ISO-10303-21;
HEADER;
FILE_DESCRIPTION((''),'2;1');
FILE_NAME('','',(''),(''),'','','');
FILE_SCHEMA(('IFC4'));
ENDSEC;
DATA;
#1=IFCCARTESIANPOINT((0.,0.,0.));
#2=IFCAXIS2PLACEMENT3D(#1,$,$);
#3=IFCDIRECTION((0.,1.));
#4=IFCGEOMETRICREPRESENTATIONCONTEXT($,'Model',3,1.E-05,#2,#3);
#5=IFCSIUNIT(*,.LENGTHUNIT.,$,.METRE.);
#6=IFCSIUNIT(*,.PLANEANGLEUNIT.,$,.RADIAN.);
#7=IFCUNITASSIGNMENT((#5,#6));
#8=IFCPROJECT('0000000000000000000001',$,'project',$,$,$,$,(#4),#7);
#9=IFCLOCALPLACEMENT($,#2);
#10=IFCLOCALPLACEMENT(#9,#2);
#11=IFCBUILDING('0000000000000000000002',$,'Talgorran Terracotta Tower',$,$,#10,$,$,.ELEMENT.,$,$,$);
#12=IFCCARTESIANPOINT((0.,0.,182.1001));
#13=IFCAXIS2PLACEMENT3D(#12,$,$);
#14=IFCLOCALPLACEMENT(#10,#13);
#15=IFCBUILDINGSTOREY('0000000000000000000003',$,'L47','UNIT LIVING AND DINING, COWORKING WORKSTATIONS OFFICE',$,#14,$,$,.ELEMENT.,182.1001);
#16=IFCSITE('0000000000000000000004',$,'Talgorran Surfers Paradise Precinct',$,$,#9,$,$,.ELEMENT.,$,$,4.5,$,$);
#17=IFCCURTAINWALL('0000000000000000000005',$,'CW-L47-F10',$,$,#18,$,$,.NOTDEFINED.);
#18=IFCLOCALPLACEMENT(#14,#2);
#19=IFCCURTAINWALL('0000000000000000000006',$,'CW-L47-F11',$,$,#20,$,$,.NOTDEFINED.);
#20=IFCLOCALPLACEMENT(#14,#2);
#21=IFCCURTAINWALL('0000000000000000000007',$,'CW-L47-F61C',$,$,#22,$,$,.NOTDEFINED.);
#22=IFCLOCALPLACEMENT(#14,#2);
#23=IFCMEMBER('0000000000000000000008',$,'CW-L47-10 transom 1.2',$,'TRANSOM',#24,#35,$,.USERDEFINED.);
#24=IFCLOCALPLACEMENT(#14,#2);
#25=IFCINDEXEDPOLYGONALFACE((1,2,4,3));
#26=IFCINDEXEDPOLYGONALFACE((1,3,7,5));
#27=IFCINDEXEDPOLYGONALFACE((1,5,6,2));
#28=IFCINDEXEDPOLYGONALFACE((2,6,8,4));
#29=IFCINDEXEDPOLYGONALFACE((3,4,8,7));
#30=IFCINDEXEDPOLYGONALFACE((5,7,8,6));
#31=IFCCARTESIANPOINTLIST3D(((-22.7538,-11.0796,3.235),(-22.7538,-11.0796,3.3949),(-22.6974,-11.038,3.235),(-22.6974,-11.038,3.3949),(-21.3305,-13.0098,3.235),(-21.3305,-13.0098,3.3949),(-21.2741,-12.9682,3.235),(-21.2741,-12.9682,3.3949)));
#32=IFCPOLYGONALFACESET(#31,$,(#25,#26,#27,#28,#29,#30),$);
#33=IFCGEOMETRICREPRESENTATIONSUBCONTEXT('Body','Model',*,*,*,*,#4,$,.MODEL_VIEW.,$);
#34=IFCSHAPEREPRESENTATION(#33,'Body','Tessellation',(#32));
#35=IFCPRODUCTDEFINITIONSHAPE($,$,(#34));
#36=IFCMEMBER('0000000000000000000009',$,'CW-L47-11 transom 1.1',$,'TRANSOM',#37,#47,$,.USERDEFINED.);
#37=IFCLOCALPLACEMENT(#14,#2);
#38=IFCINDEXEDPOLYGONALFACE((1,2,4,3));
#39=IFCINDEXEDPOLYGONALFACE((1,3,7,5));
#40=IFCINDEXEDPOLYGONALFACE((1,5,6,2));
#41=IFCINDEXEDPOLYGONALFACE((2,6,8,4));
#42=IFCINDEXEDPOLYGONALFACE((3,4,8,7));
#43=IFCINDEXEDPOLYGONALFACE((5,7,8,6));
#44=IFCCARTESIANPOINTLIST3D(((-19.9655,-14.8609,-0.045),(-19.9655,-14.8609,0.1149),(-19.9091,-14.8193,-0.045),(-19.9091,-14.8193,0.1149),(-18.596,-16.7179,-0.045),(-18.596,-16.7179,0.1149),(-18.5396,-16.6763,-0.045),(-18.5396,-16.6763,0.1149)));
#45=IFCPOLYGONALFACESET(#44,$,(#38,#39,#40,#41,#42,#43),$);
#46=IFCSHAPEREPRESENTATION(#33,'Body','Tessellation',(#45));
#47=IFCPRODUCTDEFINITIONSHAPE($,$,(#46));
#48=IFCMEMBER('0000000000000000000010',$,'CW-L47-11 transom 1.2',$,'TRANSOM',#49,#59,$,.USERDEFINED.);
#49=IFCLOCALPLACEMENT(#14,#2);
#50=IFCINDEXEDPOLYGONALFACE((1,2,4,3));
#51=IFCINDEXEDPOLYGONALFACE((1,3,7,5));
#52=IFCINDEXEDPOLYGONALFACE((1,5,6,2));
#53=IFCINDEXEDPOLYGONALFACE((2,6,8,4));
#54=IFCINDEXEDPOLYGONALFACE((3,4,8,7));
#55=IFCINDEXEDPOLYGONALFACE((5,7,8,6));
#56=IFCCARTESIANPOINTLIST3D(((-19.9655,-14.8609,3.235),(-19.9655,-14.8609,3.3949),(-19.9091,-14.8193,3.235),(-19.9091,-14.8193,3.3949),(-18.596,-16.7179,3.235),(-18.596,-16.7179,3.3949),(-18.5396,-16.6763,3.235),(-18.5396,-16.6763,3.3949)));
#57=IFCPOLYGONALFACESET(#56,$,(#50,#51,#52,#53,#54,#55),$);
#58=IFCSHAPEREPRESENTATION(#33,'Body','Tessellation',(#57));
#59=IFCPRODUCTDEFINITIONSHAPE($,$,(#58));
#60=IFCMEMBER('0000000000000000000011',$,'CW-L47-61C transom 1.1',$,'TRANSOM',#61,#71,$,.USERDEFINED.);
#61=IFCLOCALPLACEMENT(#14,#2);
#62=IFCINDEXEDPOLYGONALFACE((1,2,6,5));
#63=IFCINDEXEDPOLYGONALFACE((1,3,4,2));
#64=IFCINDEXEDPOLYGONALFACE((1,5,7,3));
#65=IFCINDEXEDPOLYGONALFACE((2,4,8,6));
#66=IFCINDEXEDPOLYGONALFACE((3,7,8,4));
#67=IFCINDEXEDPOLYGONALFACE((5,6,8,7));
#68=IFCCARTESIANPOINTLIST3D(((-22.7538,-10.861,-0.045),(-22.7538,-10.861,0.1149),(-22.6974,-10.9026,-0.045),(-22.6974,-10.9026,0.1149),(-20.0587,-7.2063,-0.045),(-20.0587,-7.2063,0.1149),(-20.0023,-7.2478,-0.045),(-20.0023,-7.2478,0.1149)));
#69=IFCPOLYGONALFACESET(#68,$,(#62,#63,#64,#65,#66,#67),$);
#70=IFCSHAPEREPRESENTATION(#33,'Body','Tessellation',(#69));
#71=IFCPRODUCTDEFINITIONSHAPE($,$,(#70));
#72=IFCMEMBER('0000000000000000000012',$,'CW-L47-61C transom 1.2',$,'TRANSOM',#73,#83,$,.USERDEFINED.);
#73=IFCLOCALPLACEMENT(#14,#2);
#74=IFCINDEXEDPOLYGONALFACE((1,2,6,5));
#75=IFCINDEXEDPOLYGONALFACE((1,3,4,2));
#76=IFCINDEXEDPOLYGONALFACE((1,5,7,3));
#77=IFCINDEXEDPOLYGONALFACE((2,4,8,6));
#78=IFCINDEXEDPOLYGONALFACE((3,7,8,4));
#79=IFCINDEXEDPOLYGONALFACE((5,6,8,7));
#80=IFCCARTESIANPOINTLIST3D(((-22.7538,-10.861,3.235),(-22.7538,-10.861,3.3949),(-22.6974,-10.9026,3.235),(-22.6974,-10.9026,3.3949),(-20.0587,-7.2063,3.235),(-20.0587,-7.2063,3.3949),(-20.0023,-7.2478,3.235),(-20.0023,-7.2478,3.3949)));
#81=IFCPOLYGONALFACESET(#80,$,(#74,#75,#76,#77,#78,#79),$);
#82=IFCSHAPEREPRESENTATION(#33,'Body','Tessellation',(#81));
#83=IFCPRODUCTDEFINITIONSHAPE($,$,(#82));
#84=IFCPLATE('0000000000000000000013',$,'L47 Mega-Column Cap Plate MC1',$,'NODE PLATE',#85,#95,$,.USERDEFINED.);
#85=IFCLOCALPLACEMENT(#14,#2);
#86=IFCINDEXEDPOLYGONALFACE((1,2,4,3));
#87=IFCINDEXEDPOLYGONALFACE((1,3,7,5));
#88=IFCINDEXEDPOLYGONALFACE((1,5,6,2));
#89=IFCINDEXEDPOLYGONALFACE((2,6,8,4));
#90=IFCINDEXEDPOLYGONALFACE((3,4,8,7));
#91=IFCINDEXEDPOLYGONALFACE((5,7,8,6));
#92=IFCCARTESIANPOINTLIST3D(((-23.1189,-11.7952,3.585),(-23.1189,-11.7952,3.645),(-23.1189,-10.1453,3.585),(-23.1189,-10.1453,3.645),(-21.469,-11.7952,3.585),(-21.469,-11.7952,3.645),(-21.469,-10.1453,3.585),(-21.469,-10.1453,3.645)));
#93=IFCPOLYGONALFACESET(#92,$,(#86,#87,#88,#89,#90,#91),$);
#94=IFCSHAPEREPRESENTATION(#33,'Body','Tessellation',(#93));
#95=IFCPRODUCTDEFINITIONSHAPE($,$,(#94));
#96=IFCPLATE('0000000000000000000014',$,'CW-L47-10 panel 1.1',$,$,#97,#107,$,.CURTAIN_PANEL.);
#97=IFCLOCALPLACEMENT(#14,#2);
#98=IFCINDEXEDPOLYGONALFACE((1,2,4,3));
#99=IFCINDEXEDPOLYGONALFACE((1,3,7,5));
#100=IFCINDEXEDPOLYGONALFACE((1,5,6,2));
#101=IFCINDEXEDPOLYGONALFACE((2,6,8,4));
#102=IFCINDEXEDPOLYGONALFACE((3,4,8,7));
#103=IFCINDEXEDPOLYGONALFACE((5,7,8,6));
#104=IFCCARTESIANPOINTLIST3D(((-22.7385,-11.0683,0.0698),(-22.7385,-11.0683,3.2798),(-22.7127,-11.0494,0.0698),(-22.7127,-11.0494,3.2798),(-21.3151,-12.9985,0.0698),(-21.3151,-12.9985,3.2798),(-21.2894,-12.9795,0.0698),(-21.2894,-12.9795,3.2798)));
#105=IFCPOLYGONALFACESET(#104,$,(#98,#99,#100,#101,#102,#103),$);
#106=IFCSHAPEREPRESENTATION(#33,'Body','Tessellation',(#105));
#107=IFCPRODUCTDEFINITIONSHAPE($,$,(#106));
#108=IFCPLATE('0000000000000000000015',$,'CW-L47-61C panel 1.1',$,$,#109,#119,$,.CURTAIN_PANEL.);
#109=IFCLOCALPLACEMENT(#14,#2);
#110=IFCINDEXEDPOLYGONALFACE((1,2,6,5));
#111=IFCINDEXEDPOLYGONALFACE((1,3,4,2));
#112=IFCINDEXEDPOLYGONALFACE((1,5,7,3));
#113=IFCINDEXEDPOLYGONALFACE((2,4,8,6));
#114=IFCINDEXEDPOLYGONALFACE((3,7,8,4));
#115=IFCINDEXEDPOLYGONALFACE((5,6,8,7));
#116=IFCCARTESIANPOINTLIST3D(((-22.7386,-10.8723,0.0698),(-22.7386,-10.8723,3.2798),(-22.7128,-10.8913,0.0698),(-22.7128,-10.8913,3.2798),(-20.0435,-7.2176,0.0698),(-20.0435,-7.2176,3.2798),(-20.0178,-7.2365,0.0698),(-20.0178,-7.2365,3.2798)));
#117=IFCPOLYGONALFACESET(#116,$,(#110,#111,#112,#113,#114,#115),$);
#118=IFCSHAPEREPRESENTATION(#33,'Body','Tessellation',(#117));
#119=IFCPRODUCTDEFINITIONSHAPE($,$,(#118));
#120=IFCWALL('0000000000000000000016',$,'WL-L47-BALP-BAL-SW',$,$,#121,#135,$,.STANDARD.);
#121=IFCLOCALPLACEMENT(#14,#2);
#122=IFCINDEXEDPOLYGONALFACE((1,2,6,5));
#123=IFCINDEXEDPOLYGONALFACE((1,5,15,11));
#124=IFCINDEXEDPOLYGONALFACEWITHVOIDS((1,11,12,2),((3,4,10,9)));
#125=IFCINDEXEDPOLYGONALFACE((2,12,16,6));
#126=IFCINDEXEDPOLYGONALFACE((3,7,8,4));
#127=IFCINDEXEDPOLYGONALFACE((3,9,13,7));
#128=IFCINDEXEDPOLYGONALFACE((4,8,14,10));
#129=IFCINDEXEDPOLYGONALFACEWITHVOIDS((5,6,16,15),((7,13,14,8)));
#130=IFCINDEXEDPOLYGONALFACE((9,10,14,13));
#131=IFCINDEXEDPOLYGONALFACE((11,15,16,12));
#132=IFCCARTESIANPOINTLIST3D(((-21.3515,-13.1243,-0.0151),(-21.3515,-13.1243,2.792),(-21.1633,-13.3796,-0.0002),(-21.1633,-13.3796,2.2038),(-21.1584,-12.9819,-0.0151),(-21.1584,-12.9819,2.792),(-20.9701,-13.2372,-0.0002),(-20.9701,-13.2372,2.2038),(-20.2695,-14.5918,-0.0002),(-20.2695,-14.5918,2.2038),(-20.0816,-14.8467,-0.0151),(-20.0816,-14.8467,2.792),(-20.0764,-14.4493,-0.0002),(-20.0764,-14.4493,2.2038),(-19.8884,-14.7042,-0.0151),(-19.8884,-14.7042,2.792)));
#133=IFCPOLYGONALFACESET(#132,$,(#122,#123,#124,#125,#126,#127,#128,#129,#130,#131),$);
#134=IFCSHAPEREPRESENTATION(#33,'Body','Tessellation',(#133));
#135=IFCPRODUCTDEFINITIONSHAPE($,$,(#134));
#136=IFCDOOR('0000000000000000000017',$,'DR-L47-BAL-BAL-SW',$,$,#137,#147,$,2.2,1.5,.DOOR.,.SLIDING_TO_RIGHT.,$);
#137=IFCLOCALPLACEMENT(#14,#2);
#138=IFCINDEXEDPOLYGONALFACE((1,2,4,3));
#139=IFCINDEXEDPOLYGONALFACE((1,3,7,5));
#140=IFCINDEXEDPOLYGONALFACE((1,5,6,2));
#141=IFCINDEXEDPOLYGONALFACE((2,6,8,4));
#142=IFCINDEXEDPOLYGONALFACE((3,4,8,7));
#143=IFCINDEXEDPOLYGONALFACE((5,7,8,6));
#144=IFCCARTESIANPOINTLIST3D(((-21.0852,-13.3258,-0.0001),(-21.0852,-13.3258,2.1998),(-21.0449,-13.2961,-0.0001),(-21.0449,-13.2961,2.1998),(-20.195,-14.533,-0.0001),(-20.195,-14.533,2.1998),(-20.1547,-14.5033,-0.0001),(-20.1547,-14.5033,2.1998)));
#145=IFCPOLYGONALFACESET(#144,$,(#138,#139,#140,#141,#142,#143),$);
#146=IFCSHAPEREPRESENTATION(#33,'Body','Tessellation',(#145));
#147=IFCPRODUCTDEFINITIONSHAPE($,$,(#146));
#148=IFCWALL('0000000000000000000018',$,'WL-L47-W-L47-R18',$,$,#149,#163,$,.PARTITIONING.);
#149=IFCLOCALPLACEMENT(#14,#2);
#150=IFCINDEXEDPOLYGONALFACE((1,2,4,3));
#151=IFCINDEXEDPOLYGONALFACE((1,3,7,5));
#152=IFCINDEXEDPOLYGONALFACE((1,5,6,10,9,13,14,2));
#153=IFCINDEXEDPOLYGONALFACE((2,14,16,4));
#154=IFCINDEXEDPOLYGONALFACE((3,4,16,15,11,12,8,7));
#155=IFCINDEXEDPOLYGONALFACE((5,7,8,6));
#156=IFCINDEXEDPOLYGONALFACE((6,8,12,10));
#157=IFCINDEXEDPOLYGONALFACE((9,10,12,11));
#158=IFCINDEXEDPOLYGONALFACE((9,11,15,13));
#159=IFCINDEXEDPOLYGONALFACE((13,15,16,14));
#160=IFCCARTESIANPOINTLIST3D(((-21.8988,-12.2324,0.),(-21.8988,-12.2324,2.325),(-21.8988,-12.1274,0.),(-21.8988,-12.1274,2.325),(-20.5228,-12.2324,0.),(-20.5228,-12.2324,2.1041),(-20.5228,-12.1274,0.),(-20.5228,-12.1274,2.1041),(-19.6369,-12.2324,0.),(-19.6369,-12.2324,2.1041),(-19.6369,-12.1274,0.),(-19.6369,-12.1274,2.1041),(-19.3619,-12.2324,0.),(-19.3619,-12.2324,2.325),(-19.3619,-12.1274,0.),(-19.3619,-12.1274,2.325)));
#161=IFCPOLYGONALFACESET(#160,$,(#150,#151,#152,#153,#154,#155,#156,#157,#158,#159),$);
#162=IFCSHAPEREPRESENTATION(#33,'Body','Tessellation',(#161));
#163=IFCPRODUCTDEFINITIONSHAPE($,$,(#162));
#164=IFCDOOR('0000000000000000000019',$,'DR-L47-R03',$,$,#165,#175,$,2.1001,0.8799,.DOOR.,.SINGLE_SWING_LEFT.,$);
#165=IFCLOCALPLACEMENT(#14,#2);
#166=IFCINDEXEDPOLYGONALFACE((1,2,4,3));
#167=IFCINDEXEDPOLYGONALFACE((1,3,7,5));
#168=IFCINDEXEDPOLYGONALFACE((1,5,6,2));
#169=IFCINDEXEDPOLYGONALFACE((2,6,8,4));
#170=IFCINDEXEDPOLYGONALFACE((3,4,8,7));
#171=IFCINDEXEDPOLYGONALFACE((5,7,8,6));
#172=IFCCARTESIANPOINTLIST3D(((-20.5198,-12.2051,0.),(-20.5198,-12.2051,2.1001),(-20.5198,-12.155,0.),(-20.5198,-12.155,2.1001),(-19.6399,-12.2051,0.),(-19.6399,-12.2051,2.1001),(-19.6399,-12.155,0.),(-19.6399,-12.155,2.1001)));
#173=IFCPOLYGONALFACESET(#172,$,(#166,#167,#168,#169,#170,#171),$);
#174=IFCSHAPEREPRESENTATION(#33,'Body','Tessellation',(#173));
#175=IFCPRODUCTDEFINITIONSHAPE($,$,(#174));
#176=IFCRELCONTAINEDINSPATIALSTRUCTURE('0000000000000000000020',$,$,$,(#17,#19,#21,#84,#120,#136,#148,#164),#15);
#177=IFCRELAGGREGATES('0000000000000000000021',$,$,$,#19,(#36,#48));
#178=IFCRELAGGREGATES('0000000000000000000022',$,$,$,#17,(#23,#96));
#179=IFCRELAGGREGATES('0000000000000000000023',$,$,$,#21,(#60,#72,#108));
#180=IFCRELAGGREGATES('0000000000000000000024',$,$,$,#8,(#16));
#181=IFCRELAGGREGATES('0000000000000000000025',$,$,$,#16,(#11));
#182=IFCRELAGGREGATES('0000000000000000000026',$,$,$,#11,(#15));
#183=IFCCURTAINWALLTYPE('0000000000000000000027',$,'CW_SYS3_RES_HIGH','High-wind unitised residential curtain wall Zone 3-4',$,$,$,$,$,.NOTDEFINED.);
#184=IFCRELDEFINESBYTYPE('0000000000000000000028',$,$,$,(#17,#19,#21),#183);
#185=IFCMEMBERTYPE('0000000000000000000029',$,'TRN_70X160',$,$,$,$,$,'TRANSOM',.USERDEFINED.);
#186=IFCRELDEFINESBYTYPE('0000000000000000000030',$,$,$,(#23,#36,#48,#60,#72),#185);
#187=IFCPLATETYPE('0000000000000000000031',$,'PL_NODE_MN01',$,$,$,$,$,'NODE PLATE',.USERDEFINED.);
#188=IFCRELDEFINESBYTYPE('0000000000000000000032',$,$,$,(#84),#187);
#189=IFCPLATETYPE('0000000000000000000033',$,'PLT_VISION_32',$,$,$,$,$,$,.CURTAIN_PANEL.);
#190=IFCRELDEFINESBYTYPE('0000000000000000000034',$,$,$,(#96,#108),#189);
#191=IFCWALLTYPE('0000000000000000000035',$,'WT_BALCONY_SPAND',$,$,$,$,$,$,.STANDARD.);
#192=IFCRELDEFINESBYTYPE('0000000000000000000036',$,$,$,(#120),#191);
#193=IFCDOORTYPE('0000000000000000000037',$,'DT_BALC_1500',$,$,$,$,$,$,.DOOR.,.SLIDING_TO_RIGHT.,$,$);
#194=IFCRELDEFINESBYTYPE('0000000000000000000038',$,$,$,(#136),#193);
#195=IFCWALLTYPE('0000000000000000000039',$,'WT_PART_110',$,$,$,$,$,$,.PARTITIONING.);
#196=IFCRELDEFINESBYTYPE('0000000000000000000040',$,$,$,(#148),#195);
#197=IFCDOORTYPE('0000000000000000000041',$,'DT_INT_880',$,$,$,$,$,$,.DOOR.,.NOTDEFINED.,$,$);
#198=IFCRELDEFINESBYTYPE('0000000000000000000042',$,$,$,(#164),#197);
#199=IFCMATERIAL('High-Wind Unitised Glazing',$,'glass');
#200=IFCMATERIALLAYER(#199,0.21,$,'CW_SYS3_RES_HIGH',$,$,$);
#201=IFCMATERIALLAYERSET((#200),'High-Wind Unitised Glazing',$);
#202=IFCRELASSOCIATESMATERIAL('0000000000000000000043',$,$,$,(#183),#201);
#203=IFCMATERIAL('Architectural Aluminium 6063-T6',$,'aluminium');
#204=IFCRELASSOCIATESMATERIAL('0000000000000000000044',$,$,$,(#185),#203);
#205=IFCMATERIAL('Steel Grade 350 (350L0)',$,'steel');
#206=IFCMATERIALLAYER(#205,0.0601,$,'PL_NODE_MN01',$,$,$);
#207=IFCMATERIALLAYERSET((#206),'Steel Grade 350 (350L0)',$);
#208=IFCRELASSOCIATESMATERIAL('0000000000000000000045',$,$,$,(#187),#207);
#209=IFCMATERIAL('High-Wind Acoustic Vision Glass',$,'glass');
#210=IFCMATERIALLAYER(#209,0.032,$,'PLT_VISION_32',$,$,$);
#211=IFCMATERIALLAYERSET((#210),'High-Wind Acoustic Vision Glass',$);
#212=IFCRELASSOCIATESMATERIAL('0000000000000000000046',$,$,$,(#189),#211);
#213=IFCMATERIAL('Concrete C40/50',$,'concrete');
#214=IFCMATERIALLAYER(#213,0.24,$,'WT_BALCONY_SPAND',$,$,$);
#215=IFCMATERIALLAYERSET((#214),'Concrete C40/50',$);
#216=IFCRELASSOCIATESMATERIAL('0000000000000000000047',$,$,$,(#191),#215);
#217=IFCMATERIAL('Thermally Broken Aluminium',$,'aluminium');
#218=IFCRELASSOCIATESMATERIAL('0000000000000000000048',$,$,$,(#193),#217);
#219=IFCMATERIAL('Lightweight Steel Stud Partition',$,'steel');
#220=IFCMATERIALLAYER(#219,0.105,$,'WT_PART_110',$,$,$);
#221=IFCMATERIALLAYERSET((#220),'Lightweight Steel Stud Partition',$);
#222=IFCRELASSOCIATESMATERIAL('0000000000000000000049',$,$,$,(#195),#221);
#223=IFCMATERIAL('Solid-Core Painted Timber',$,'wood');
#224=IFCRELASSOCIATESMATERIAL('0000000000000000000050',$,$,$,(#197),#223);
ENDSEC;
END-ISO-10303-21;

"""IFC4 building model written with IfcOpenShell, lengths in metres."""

from ifc_helpers import new_model, si_unit, direction, frame, frame_2d, origin, origin_2d, place, context, subcontext, project, spatial, rectangle, extrude, source, transform, mapped, material, layer, layer_set, material_profile, profile_set, type_object, type_shapes, element, fill, aggregate, save


model = new_model("IFC4")

# Units and contexts
model_context = context("Model", 3, precision=1e-05, world=origin(), true_north=direction((0.0, 1.0)))
body_context = subcontext(model_context, "Body", "Model", "MODEL_VIEW")
ifc_project = project(units=[si_unit("LENGTHUNIT", "METRE"), si_unit("PLANEANGLEUNIT", "RADIAN")], contexts=[model_context])

# Site, building, storey
site_placement = place(None, origin())
site = spatial("IfcSite", under=ifc_project, at=site_placement, Name="Talgorran Surfers Paradise Precinct", CompositionType="ELEMENT", RefElevation=4.5)
building_placement = place(site_placement, origin())
building = spatial("IfcBuilding", under=site, at=building_placement, Name="Talgorran Terracotta Tower", CompositionType="ELEMENT")
storey_placement = place(building_placement, frame((0.0, 0.0, 182.1001)))
storey = spatial("IfcBuildingStorey", under=building, at=storey_placement, Name="L47", Description="UNIT LIVING AND DINING, COWORKING WORKSTATIONS OFFICE", CompositionType="ELEMENT", Elevation=182.1001)

# Shared definitions
ifc_material_1 = material(Name="Steel Grade 350 (350L0)", Category="steel")

# Curtain wall
ifc_material_2 = material(Name="High-Wind Unitised Glazing", Category="glass")
ifc_layer_1 = layer(ifc_material_2, 0.21, Name="CW_SYS3_RES_HIGH")
ifc_layer_set_1 = layer_set([ifc_layer_1], Name="High-Wind Unitised Glazing")
curtain_wall_type = type_object("IfcCurtainWallType", Name="CW_SYS3_RES_HIGH", Description="High-wind unitised residential curtain wall Zone 3-4", PredefinedType="NOTDEFINED", material=ifc_layer_set_1)
curtain_wall_1_placement = place(storey_placement, origin())
curtain_wall_1 = element("IfcCurtainWall", 1, at=curtain_wall_1_placement, inside=storey, type_object=curtain_wall_type, Name="CW-L47-F10", PredefinedType="NOTDEFINED")
ifc_material_3 = material(Name="Architectural Aluminium 6063-T6", Category="aluminium")

# Curtain wall
curtain_wall_2_placement = place(storey_placement, origin())
curtain_wall_2 = element("IfcCurtainWall", 2, at=curtain_wall_2_placement, inside=storey, type_object=curtain_wall_type, Name="CW-L47-F11", PredefinedType="NOTDEFINED")

# Curtain wall
curtain_wall_3_placement = place(storey_placement, origin())
curtain_wall_3 = element("IfcCurtainWall", 3, at=curtain_wall_3_placement, inside=storey, type_object=curtain_wall_type, Name="CW-L47-F61C", PredefinedType="NOTDEFINED")

# Members
ifc_material_profile_1 = material_profile(ifc_material_3, rectangle(XDim=0.0701, YDim=0.1599, at=origin_2d()), Name="CWT70X160")
ifc_profile_set_1 = profile_set([ifc_material_profile_1], Name="Architectural Aluminium 6063-T6")
member_type_1 = type_object("IfcMemberType", Name="TRN_70X160", ElementType="TRANSOM", PredefinedType="USERDEFINED", material=ifc_profile_set_1)
member_1_placement = place(storey_placement, frame((-22.7256, -11.0588, 3.3149), z_axis=(0.593498, -0.804836, 0.0), x_axis=(0.804836, 0.593498, 0.0)))
member_1 = element("IfcMember", 4, at=member_1_placement, type_object=member_type_1, Name="CW-L47-10 transom 1.2", ObjectType="TRANSOM", PredefinedType="USERDEFINED", context=body_context, shape_type="SweptSolid", body=[
    extrude(rectangle(XDim=0.0701, YDim=0.1599, at=origin_2d()), origin(), (0.0, 0.0, 1.0), 2.3982),
])
member_2_placement = place(storey_placement, frame((-19.9373, -14.8401, 0.0349), z_axis=(0.593513, -0.804824, 0.0), x_axis=(0.804824, 0.593513, 0.0)))
member_2 = element("IfcMember", 5, at=member_2_placement, type_object=member_type_1, Name="CW-L47-11 transom 1.1", ObjectType="TRANSOM", PredefinedType="USERDEFINED", context=body_context, shape_type="SweptSolid", body=[
    extrude(rectangle(XDim=0.0701, YDim=0.1599, at=origin_2d()), origin(), (0.0, 0.0, 1.0), 2.3074),
])
member_3_placement = place(storey_placement, frame((-19.9373, -14.8401, 3.3149), z_axis=(0.593513, -0.804824, 0.0), x_axis=(0.804824, 0.593513, 0.0)))
member_3 = element("IfcMember", 6, at=member_3_placement, type_object=member_type_1, Name="CW-L47-11 transom 1.2", ObjectType="TRANSOM", PredefinedType="USERDEFINED", context=body_context, shape_type="SweptSolid", body=[
    extrude(rectangle(XDim=0.0701, YDim=0.1599, at=origin_2d()), origin(), (0.0, 0.0, 1.0), 2.3074),
])
aggregate(curtain_wall_2, [member_2, member_3])
member_4_placement = place(storey_placement, frame((-20.0305, -7.2271, 0.0349), z_axis=(-0.593494, -0.804838, 0.0), x_axis=(0.804838, -0.593494, 0.0)))
member_4 = element("IfcMember", 7, at=member_4_placement, type_object=member_type_1, Name="CW-L47-61C transom 1.1", ObjectType="TRANSOM", PredefinedType="USERDEFINED", context=body_context, shape_type="SweptSolid", body=[
    extrude(rectangle(XDim=0.0701, YDim=0.1599, at=origin_2d()), origin(), (0.0, 0.0, 1.0), 4.541),
])
member_5_placement = place(storey_placement, frame((-20.0305, -7.2271, 3.3149), z_axis=(-0.593494, -0.804838, 0.0), x_axis=(0.804838, -0.593494, 0.0)))
member_5 = element("IfcMember", 8, at=member_5_placement, type_object=member_type_1, Name="CW-L47-61C transom 1.2", ObjectType="TRANSOM", PredefinedType="USERDEFINED", context=body_context, shape_type="SweptSolid", body=[
    extrude(rectangle(XDim=0.0701, YDim=0.1599, at=origin_2d()), origin(), (0.0, 0.0, 1.0), 4.541),
])

# Plates
ifc_layer_2 = layer(ifc_material_1, 0.0601, Name="PL_NODE_MN01")
ifc_layer_set_2 = layer_set([ifc_layer_2], Name="Steel Grade 350 (350L0)")
plate_type_1 = type_object("IfcPlateType", Name="PL_NODE_MN01", ElementType="NODE PLATE", PredefinedType="USERDEFINED", material=ifc_layer_set_2)
plate_1_placement = place(storey_placement, frame((-22.2939, -10.9702, 3.585), z_axis=(0.0, 0.0, 1.0), x_axis=(1.0, 0.0, 0.0)))
element("IfcPlate", 9, at=plate_1_placement, inside=storey, type_object=plate_type_1, Name="L47 Mega-Column Cap Plate MC1", ObjectType="NODE PLATE", PredefinedType="USERDEFINED", context=body_context, shape_type="SweptSolid", body=[
    extrude(rectangle(XDim=1.6499, YDim=1.6499, at=origin_2d()), origin(), (0.0, 0.0, 1.0), 0.0601),
])
ifc_material_4 = material(Name="High-Wind Acoustic Vision Glass", Category="glass")
ifc_layer_3 = layer(ifc_material_4, 0.032, Name="PLT_VISION_32")
ifc_layer_set_3 = layer_set([ifc_layer_3], Name="High-Wind Acoustic Vision Glass")
plate_type_2 = type_object("IfcPlateType", Name="PLT_VISION_32", PredefinedType="CURTAIN_PANEL", material=ifc_layer_set_3)
shared_shape_1 = source(origin(), body_context, "Body", "SweptSolid", [
    extrude(rectangle(XDim=2.3982, YDim=0.032, at=origin_2d()), origin(), (0.0, 0.0, 1.0), 3.21),
])
plate_2_placement = place(storey_placement, frame((-22.0139, -12.0239, 0.0698), z_axis=(0.0, 0.0, 1.0), x_axis=(0.5935, -0.804834, 0.0)))
plate_2 = element("IfcPlate", 10, at=plate_2_placement, type_object=plate_type_2, Name="CW-L47-10 panel 1.1", PredefinedType="CURTAIN_PANEL", context=body_context, shape_type="MappedRepresentation", body=[
    mapped(shared_shape_1, transform((0.0, 0.0, 0.0), scale=1.0)),
])
aggregate(curtain_wall_1, [member_1, plate_2])
shared_shape_2 = source(origin(), body_context, "Body", "SweptSolid", [
    extrude(rectangle(XDim=4.541, YDim=0.032, at=origin_2d()), origin(), (0.0, 0.0, 1.0), 3.21),
])
type_shapes(plate_type_2, [shared_shape_1, shared_shape_2])
plate_3_placement = place(storey_placement, frame((-21.3782, -9.0544, 0.0698), z_axis=(0.0, 0.0, 1.0), x_axis=(-0.593496, -0.804837, 0.0)))
plate_3 = element("IfcPlate", 11, at=plate_3_placement, type_object=plate_type_2, Name="CW-L47-61C panel 1.1", PredefinedType="CURTAIN_PANEL", context=body_context, shape_type="MappedRepresentation", body=[
    mapped(shared_shape_2, transform((0.0, 0.0, 0.0), scale=1.0)),
])
aggregate(curtain_wall_3, [member_4, member_5, plate_3])

# Walls, openings, doors
ifc_material_5 = material(Name="Concrete C40/50", Category="concrete")
ifc_layer_4 = layer(ifc_material_5, 0.24, Name="WT_BALCONY_SPAND")
ifc_layer_set_4 = layer_set([ifc_layer_4], Name="Concrete C40/50")
wall_type_1 = type_object("IfcWallType", Name="WT_BALCONY_SPAND", PredefinedType="STANDARD", material=ifc_layer_set_4)
wall_1_placement = place(storey_placement, frame((-21.2549, -13.0532, -0.0151), z_axis=(0.0, 0.0, 1.0), x_axis=(0.593464, -0.804861, 0.0)))
wall_1 = element("IfcWall", 12, at=wall_1_placement, inside=storey, type_object=wall_type_1, Name="WL-L47-BALP-BAL-SW", PredefinedType="STANDARD", context=body_context, shape_type="SweptSolid", body=[
    extrude(rectangle(XDim=2.1399, YDim=0.24, at=frame_2d((1.0698, 0.0))), origin(), (0.0, 0.0, 1.0), 2.8071),
])
opening_1_placement = place(wall_1_placement, frame((0.3201, 0.0, 0.0149)))
opening_1 = element("IfcOpeningElement", 13, at=opening_1_placement, cuts=wall_1, PredefinedType="OPENING", context=body_context, shape_type="SweptSolid", body=[
    extrude(rectangle(XDim=1.506, YDim=2.204, at=frame_2d((0.75, 1.1021))), frame((0.0, 0.1299, 0.0), z_axis=(0.0, -1.0, 0.0), x_axis=(1.0, 0.0, 0.0)), (0.0, 0.0, 1.0), 0.26),
])
ifc_material_6 = material(Name="Thermally Broken Aluminium", Category="aluminium")
door_type_1 = type_object("IfcDoorType", Name="DT_BALC_1500", OperationType="SLIDING_TO_RIGHT", PredefinedType="DOOR", material=ifc_material_6)
door_1_placement = place(opening_1_placement, origin())
door_1 = element("IfcDoor", 14, at=door_1_placement, inside=storey, type_object=door_type_1, Name="DR-L47-BAL-BAL-SW", OperationType="SLIDING_TO_RIGHT", OverallHeight=2.2, OverallWidth=1.5, PredefinedType="DOOR", context=body_context, shape_type="SweptSolid", body=[
    extrude(rectangle(XDim=1.5, YDim=2.2, at=frame_2d((0.75, 1.1001))), frame((0.0, 0.0249, 0.0), z_axis=(0.0, -1.0, 0.0), x_axis=(1.0, 0.0, 0.0)), (0.0, 0.0, 1.0), 0.05),
])
fill(opening_1, door_1)
ifc_material_7 = material(Name="Lightweight Steel Stud Partition", Category="steel")
ifc_layer_5 = layer(ifc_material_7, 0.105, Name="WT_PART_110")
ifc_layer_set_5 = layer_set([ifc_layer_5], Name="Lightweight Steel Stud Partition")
wall_type_2 = type_object("IfcWallType", Name="WT_PART_110", PredefinedType="PARTITIONING", material=ifc_layer_set_5)
wall_2_placement = place(storey_placement, frame((-21.8989, -12.1799, 0.0), z_axis=(0.0, 0.0, 1.0), x_axis=(1.0, 0.0, 0.0)))
wall_2 = element("IfcWall", 15, at=wall_2_placement, inside=storey, type_object=wall_type_2, Name="WL-L47-W-L47-R18", PredefinedType="PARTITIONING", context=body_context, shape_type="SweptSolid", body=[
    extrude(rectangle(XDim=2.5369, YDim=0.105, at=frame_2d((1.2686, 0.0))), origin(), (0.0, 0.0, 1.0), 2.325),
])
opening_2_placement = place(wall_2_placement, frame((1.3792, 0.0, 0.0)))
opening_2 = element("IfcOpeningElement", 16, at=opening_2_placement, cuts=wall_2, PredefinedType="OPENING", context=body_context, shape_type="SweptSolid", body=[
    extrude(rectangle(XDim=0.8859, YDim=2.1041, at=frame_2d((0.4399, 1.052))), frame((0.0, 0.0625, 0.0), z_axis=(0.0, -1.0, 0.0), x_axis=(1.0, 0.0, 0.0)), (0.0, 0.0, 1.0), 0.125),
])
ifc_material_8 = material(Name="Solid-Core Painted Timber", Category="wood")
door_type_2 = type_object("IfcDoorType", Name="DT_INT_880", OperationType="NOTDEFINED", PredefinedType="DOOR", material=ifc_material_8)
door_2_placement = place(opening_2_placement, origin())
door_2 = element("IfcDoor", 17, at=door_2_placement, inside=storey, type_object=door_type_2, Name="DR-L47-R03", OperationType="SINGLE_SWING_LEFT", OverallHeight=2.1001, OverallWidth=0.8799, PredefinedType="DOOR", context=body_context, shape_type="SweptSolid", body=[
    extrude(rectangle(XDim=0.8799, YDim=2.1001, at=frame_2d((0.4399, 1.05))), frame((0.0, 0.0249, 0.0), z_axis=(0.0, -1.0, 0.0), x_axis=(1.0, 0.0, 0.0)), (0.0, 0.0, 1.0), 0.05),
])
fill(opening_2, door_2)

save(model, "model.ifc")
